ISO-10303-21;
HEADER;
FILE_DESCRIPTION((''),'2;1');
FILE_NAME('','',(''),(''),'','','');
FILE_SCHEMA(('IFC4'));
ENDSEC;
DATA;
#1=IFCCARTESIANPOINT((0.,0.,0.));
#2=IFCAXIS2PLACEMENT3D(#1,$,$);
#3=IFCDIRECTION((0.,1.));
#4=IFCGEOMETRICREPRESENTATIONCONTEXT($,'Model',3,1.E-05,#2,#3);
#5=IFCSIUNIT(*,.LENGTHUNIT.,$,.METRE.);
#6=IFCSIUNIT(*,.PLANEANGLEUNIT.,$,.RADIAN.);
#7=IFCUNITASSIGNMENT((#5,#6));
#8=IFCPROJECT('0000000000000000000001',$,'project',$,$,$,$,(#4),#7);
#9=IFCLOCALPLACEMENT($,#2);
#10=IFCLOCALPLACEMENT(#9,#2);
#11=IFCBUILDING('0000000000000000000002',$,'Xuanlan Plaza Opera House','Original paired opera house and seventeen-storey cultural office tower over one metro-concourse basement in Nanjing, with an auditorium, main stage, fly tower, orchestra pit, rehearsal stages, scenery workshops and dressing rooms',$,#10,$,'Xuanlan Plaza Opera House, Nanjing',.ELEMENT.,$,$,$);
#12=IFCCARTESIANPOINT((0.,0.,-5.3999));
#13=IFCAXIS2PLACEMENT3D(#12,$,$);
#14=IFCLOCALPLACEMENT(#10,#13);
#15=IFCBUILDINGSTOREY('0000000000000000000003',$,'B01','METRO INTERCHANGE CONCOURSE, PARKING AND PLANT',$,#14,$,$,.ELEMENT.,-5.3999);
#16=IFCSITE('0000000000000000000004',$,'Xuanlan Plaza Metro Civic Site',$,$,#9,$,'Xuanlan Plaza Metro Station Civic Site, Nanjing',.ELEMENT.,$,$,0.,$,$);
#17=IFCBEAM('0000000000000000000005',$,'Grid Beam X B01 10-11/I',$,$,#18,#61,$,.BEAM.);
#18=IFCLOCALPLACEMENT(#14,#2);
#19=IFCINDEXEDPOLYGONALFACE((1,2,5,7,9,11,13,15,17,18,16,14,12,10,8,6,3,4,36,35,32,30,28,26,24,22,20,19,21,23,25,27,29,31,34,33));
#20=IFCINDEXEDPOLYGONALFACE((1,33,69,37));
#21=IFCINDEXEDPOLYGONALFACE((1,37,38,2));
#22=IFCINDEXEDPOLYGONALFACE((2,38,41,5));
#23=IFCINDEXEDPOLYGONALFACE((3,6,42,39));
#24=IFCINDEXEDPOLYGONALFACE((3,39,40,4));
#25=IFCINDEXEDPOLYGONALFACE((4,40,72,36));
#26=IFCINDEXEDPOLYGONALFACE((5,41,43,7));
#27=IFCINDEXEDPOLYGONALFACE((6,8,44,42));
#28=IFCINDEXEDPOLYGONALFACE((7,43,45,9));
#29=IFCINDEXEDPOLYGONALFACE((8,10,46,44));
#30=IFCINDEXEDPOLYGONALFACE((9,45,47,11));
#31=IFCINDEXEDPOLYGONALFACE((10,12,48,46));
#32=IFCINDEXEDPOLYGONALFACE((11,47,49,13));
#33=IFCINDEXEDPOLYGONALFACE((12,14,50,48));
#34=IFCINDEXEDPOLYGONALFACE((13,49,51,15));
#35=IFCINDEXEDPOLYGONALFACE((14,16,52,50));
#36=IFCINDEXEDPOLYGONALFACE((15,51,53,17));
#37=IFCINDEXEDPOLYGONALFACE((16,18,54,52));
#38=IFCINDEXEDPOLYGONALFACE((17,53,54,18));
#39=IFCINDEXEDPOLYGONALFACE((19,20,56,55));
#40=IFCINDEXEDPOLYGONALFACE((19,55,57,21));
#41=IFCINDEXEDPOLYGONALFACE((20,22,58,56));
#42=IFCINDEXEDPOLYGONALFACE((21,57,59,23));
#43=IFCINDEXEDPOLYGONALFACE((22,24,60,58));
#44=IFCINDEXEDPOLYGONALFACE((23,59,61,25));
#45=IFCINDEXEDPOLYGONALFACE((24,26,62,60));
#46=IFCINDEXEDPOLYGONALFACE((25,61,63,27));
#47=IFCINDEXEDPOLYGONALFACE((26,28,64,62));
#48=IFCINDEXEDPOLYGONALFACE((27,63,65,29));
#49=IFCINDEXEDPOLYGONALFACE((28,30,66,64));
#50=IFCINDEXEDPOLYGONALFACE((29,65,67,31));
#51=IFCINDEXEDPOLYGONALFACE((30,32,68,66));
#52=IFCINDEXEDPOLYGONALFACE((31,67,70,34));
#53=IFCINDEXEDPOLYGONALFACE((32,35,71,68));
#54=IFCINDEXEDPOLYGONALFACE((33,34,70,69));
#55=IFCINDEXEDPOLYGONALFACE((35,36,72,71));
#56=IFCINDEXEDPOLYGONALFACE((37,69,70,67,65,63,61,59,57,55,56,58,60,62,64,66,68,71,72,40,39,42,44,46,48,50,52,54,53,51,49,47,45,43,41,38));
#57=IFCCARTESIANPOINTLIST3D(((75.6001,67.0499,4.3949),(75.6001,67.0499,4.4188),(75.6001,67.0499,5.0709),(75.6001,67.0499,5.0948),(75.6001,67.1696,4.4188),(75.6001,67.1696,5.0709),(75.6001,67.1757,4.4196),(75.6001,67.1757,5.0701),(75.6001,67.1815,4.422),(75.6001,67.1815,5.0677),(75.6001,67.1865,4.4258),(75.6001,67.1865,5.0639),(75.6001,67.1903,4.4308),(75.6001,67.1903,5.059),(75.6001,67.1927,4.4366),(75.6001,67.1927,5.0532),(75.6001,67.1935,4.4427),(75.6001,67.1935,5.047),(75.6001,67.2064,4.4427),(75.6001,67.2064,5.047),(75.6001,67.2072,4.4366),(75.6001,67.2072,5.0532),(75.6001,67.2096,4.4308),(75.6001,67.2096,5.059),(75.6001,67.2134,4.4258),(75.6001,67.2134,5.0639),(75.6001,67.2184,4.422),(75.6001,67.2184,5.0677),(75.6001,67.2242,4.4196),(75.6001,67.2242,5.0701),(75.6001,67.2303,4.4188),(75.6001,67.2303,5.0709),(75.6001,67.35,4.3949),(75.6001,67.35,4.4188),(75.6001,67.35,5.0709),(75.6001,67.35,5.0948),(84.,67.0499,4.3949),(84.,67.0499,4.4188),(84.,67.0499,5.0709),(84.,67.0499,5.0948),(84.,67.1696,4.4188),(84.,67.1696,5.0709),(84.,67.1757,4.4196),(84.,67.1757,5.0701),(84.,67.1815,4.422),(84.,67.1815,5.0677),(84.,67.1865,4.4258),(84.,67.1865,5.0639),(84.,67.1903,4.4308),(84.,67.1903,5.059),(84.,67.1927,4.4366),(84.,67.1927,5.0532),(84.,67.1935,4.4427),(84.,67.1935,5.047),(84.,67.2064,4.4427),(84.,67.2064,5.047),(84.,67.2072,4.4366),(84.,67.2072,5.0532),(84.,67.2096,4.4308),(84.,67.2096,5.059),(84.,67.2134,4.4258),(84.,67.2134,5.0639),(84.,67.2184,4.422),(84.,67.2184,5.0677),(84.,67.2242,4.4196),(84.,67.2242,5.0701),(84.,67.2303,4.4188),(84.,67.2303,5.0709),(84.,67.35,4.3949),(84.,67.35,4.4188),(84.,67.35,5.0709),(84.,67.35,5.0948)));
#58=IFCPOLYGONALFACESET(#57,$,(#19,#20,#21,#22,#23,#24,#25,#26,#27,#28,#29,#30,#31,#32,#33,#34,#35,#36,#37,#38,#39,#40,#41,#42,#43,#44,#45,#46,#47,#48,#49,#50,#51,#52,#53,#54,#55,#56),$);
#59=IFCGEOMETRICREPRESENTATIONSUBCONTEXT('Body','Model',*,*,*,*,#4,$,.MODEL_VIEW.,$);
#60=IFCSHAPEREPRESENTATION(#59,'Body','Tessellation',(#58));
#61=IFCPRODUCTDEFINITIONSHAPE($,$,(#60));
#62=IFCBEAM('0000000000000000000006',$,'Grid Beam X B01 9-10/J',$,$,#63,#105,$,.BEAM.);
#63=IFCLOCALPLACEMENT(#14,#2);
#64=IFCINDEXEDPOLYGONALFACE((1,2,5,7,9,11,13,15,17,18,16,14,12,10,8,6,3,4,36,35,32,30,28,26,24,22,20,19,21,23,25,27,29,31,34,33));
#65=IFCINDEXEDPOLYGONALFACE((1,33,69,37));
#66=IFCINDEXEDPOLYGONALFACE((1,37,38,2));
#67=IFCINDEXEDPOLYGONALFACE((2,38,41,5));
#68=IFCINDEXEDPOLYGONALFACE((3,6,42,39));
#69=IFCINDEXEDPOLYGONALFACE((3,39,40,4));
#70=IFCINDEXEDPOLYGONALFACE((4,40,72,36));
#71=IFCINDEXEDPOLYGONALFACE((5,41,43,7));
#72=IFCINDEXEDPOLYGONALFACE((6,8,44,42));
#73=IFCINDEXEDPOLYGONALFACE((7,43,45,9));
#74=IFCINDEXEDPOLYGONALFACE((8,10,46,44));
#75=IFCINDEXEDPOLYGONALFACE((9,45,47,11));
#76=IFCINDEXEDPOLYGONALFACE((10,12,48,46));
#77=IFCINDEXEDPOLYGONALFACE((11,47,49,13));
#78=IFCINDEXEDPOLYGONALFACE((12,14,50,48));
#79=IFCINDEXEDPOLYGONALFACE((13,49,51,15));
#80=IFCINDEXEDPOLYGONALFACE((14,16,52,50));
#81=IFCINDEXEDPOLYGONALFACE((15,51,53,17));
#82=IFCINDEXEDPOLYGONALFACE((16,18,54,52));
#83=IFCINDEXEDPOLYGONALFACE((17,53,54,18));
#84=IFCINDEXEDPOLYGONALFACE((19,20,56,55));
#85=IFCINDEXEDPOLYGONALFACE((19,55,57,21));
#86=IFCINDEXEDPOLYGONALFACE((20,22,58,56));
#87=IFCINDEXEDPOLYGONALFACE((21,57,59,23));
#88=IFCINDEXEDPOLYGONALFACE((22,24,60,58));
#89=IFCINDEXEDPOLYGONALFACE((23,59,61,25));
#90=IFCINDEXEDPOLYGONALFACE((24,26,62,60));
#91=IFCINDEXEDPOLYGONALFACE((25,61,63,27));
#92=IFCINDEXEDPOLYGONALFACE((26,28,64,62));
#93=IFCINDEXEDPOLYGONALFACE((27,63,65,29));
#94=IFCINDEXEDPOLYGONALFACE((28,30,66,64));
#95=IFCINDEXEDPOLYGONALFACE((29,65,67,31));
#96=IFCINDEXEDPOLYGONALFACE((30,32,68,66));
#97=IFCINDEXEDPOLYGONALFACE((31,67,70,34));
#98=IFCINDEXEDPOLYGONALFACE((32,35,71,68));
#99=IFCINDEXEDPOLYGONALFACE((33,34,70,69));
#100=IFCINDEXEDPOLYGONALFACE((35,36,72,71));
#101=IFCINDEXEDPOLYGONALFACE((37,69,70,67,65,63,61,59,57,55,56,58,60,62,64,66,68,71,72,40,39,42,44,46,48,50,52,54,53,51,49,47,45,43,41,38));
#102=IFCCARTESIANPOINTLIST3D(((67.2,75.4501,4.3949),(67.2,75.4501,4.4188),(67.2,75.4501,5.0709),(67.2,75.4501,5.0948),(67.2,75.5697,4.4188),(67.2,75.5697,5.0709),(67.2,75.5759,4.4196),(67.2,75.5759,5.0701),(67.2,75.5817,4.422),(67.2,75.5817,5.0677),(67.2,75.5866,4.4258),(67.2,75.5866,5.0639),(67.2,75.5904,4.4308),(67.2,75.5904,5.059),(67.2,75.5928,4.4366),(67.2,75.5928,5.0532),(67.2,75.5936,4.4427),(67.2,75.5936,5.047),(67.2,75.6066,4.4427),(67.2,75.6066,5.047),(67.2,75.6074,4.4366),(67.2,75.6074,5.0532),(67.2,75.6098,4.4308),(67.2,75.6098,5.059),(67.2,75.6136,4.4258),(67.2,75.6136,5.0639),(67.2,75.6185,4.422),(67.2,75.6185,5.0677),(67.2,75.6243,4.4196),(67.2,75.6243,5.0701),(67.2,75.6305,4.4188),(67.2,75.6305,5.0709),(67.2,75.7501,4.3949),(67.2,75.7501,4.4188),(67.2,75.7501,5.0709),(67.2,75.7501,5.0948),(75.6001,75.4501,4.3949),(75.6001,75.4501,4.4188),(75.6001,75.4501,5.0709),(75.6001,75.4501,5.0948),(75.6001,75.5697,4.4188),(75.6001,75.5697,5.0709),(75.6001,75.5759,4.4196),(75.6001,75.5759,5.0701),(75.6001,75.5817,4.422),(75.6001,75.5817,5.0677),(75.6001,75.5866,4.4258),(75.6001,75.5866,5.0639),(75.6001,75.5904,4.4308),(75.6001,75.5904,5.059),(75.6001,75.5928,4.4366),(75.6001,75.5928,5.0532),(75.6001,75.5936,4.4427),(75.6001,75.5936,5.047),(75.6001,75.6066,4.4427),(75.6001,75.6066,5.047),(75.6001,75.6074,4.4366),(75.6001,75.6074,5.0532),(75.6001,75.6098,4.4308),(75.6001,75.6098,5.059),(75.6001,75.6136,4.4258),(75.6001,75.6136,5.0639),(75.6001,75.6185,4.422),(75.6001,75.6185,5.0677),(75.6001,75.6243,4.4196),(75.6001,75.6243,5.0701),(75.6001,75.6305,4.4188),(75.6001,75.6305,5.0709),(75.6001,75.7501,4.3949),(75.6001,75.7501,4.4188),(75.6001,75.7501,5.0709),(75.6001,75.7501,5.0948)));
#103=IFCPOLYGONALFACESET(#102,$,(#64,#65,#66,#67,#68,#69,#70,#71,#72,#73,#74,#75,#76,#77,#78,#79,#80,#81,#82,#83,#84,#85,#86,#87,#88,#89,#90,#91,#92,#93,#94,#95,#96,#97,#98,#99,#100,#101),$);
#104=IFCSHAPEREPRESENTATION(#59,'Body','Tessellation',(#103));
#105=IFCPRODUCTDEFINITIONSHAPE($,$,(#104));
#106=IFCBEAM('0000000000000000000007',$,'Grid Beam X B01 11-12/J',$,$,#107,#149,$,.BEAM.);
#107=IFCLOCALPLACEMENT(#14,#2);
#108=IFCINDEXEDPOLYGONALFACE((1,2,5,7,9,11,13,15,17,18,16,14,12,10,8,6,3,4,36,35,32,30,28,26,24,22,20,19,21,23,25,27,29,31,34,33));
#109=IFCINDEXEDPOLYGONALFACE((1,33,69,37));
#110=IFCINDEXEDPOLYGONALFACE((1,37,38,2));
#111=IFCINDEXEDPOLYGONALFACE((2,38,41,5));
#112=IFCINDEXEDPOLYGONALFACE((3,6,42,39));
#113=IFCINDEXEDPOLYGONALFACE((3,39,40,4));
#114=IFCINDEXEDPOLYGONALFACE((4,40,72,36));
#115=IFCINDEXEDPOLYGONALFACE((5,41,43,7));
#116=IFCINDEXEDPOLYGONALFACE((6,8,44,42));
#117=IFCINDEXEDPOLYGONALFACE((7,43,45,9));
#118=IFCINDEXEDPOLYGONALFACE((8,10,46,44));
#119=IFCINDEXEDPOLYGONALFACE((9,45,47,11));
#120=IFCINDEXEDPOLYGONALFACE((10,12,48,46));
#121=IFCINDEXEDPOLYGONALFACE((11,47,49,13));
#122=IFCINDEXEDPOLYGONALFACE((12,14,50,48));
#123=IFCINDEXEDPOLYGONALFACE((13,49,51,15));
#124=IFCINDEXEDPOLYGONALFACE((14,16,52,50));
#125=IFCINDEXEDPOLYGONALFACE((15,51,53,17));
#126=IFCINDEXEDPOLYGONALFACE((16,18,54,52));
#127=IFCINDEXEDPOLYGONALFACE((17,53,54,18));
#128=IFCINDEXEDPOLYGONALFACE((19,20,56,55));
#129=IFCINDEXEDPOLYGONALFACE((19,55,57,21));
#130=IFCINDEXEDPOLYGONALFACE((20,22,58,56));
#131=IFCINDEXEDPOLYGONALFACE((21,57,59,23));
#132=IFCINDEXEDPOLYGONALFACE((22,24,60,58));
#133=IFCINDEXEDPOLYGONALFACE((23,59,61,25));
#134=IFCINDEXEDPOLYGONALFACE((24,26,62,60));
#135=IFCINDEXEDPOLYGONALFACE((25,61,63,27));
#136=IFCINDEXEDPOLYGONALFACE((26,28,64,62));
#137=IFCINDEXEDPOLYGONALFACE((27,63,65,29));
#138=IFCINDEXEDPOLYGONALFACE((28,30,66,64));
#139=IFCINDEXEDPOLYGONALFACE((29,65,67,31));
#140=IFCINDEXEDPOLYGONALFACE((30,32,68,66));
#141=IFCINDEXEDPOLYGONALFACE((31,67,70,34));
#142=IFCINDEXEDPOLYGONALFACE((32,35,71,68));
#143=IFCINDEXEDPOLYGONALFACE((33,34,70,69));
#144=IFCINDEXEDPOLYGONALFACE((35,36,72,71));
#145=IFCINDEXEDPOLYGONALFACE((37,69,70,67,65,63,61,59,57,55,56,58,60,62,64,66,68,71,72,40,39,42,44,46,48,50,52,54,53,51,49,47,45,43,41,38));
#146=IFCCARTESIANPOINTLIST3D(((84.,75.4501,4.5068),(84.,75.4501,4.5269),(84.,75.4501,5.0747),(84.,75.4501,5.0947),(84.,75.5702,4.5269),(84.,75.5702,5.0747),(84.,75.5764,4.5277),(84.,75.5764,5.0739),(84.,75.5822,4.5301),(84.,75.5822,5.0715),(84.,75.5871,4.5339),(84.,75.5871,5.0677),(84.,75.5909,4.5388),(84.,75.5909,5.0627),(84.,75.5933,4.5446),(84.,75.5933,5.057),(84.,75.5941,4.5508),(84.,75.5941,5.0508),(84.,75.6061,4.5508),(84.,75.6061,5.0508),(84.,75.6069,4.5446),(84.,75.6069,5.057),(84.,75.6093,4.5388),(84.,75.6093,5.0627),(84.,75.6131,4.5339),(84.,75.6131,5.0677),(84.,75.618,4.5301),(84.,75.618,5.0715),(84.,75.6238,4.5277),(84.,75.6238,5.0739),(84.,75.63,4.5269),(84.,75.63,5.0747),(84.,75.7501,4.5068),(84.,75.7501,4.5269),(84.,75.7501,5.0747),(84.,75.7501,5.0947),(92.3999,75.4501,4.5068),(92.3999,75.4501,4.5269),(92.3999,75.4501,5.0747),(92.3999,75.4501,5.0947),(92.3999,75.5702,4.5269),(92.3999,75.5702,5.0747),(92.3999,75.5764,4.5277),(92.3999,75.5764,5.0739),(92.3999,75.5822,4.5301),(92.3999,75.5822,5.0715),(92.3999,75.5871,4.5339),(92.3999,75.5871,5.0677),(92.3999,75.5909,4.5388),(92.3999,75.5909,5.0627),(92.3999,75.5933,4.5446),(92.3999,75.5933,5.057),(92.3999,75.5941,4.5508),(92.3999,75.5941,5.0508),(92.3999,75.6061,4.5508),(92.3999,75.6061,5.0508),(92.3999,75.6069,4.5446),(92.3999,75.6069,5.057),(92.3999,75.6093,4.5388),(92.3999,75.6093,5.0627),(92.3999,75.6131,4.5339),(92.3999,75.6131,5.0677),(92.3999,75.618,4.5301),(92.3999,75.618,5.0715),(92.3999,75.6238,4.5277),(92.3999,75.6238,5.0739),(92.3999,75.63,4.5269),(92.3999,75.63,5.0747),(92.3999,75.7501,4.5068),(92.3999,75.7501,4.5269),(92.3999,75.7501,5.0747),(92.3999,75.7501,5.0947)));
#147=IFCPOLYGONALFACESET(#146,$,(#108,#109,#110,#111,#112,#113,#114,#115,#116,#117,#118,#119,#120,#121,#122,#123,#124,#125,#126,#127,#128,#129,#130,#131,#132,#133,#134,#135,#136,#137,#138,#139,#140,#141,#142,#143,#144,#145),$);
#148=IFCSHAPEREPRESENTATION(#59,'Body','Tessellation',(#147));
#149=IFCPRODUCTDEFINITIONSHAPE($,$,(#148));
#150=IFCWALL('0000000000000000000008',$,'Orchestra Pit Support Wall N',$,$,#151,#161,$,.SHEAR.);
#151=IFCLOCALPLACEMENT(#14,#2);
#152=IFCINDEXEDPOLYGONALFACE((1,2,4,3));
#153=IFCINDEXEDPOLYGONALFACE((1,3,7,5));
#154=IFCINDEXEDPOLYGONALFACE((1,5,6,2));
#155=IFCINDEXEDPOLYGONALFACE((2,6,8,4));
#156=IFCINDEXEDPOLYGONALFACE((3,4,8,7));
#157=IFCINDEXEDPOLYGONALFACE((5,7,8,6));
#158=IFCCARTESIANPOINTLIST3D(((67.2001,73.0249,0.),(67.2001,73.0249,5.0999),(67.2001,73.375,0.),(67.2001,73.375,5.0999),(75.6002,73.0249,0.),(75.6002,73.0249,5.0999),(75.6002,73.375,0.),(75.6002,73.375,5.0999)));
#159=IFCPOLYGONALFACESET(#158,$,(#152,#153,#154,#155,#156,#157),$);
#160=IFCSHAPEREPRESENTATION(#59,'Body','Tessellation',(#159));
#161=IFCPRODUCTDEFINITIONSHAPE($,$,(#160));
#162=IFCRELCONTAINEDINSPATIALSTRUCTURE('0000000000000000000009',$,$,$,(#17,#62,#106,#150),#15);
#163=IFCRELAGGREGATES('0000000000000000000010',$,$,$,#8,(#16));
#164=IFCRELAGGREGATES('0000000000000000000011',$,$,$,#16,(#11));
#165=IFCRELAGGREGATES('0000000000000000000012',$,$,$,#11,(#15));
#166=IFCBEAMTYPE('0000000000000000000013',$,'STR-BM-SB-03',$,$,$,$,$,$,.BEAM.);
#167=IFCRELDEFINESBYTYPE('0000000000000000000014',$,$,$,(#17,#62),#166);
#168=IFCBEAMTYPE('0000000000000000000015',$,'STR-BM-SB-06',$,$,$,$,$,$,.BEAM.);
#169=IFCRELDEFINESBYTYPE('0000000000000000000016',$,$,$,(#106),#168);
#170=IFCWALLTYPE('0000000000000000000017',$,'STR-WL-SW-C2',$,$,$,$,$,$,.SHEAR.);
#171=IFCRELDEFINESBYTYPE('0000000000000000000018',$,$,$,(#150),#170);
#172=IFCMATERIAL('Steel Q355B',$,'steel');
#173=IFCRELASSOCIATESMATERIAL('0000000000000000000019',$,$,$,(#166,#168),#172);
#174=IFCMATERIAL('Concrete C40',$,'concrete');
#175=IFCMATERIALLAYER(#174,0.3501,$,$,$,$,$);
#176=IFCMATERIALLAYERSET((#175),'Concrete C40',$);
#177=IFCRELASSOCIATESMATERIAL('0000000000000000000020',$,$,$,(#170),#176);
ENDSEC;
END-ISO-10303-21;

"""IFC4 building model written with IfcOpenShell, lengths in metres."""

from ifc_helpers import new_model, si_unit, direction, frame, frame_2d, origin, origin_2d, place, context, subcontext, project, spatial, rectangle, i_section, extrude, material, layer, layer_set, material_profile, profile_set, type_object, element, save


model = new_model("IFC4")

# Units and contexts
model_context = context("Model", 3, precision=1e-05, world=origin(), true_north=direction((0.0, 1.0)))
body_context = subcontext(model_context, "Body", "Model", "MODEL_VIEW")
ifc_project = project(units=[si_unit("LENGTHUNIT", "METRE"), si_unit("PLANEANGLEUNIT", "RADIAN")], contexts=[model_context])

# Site, building, storey
site_placement = place(None, origin())
site = spatial("IfcSite", under=ifc_project, at=site_placement, Name="Xuanlan Plaza Metro Civic Site", LongName="Xuanlan Plaza Metro Station Civic Site, Nanjing", CompositionType="ELEMENT", RefElevation=0.0)
building_placement = place(site_placement, origin())
building = spatial("IfcBuilding", under=site, at=building_placement, Name="Xuanlan Plaza Opera House", Description="Original paired opera house and seventeen-storey cultural office tower over one metro-concourse basement in Nanjing, with an auditorium, main stage, fly tower, orchestra pit, rehearsal stages, scenery workshops and dressing rooms", LongName="Xuanlan Plaza Opera House, Nanjing", CompositionType="ELEMENT")
storey_placement = place(building_placement, frame((0.0, 0.0, -5.3999)))
storey = spatial("IfcBuildingStorey", under=building, at=storey_placement, Name="B01", Description="METRO INTERCHANGE CONCOURSE, PARKING AND PLANT", CompositionType="ELEMENT", Elevation=-5.3999)

# Shared definitions
ifc_material_1 = material(Name="Concrete C40", Category="concrete")

# Beams
ifc_material_2 = material(Name="Steel Q355B", Category="steel")
ifc_material_profile_1 = material_profile(ifc_material_2, i_section(OverallWidth=0.3, OverallDepth=0.7, WebThickness=0.0129, FlangeThickness=0.0239, FilletRadius=0.0239, at=origin_2d()), Name="HN 700x300x13x24")
ifc_profile_set_1 = profile_set([ifc_material_profile_1], Name="Steel Q355B")
beam_type_1 = type_object("IfcBeamType", Name="STR-BM-SB-03", PredefinedType="BEAM", material=ifc_profile_set_1)
beam_1_placement = place(storey_placement, frame((75.6001, 67.2, 4.7449), z_axis=(1.0, 0.0, 0.0), x_axis=(0.0, 1.0, 0.0)))
element("IfcBeam", 1, at=beam_1_placement, inside=storey, type_object=beam_type_1, Name="Grid Beam X B01 10-11/I", PredefinedType="BEAM", context=body_context, shape_type="SweptSolid", body=[
    extrude(i_section(OverallWidth=0.3, OverallDepth=0.7, WebThickness=0.0129, FlangeThickness=0.0239, FilletRadius=0.0239, at=origin_2d()), origin(), (0.0, 0.0, 1.0), 8.3999),
])
beam_2_placement = place(storey_placement, frame((67.2, 75.6001, 4.7449), z_axis=(1.0, 0.0, 0.0), x_axis=(0.0, 1.0, 0.0)))
element("IfcBeam", 2, at=beam_2_placement, inside=storey, type_object=beam_type_1, Name="Grid Beam X B01 9-10/J", PredefinedType="BEAM", context=body_context, shape_type="SweptSolid", body=[
    extrude(i_section(OverallWidth=0.3, OverallDepth=0.7, WebThickness=0.0129, FlangeThickness=0.0239, FilletRadius=0.0239, at=origin_2d()), origin(), (0.0, 0.0, 1.0), 8.4001),
])
ifc_material_profile_2 = material_profile(ifc_material_2, i_section(OverallWidth=0.3, OverallDepth=0.5879, WebThickness=0.012, FlangeThickness=0.02, FilletRadius=0.0239, at=origin_2d()), Name="HM 588x300x12x20")
ifc_profile_set_2 = profile_set([ifc_material_profile_2], Name="Steel Q355B")
beam_type_2 = type_object("IfcBeamType", Name="STR-BM-SB-06", PredefinedType="BEAM", material=ifc_profile_set_2)
beam_3_placement = place(storey_placement, frame((84.0, 75.6001, 4.8008), z_axis=(1.0, 0.0, 0.0), x_axis=(0.0, 1.0, 0.0)))
element("IfcBeam", 3, at=beam_3_placement, inside=storey, type_object=beam_type_2, Name="Grid Beam X B01 11-12/J", PredefinedType="BEAM", context=body_context, shape_type="SweptSolid", body=[
    extrude(i_section(OverallWidth=0.3, OverallDepth=0.5879, WebThickness=0.012, FlangeThickness=0.02, FilletRadius=0.0239, at=origin_2d()), origin(), (0.0, 0.0, 1.0), 8.3999),
])

# Wall
ifc_layer = layer(ifc_material_1, 0.3501)
ifc_layer_set = layer_set([ifc_layer], Name="Concrete C40")
wall_type = type_object("IfcWallType", Name="STR-WL-SW-C2", PredefinedType="SHEAR", material=ifc_layer_set)
wall_placement = place(storey_placement, frame((67.2, 73.2, 0.0), z_axis=(0.0, 0.0, 1.0), x_axis=(1.0, 0.0, 0.0)))
element("IfcWall", 4, at=wall_placement, inside=storey, type_object=wall_type, Name="Orchestra Pit Support Wall N", PredefinedType="SHEAR", context=body_context, shape_type="SweptSolid", body=[
    extrude(rectangle(XDim=8.4001, YDim=0.3501, at=frame_2d((4.2002, 0.0))), origin(), (0.0, 0.0, 1.0), 5.0999),
])

save(model, "model.ifc")
